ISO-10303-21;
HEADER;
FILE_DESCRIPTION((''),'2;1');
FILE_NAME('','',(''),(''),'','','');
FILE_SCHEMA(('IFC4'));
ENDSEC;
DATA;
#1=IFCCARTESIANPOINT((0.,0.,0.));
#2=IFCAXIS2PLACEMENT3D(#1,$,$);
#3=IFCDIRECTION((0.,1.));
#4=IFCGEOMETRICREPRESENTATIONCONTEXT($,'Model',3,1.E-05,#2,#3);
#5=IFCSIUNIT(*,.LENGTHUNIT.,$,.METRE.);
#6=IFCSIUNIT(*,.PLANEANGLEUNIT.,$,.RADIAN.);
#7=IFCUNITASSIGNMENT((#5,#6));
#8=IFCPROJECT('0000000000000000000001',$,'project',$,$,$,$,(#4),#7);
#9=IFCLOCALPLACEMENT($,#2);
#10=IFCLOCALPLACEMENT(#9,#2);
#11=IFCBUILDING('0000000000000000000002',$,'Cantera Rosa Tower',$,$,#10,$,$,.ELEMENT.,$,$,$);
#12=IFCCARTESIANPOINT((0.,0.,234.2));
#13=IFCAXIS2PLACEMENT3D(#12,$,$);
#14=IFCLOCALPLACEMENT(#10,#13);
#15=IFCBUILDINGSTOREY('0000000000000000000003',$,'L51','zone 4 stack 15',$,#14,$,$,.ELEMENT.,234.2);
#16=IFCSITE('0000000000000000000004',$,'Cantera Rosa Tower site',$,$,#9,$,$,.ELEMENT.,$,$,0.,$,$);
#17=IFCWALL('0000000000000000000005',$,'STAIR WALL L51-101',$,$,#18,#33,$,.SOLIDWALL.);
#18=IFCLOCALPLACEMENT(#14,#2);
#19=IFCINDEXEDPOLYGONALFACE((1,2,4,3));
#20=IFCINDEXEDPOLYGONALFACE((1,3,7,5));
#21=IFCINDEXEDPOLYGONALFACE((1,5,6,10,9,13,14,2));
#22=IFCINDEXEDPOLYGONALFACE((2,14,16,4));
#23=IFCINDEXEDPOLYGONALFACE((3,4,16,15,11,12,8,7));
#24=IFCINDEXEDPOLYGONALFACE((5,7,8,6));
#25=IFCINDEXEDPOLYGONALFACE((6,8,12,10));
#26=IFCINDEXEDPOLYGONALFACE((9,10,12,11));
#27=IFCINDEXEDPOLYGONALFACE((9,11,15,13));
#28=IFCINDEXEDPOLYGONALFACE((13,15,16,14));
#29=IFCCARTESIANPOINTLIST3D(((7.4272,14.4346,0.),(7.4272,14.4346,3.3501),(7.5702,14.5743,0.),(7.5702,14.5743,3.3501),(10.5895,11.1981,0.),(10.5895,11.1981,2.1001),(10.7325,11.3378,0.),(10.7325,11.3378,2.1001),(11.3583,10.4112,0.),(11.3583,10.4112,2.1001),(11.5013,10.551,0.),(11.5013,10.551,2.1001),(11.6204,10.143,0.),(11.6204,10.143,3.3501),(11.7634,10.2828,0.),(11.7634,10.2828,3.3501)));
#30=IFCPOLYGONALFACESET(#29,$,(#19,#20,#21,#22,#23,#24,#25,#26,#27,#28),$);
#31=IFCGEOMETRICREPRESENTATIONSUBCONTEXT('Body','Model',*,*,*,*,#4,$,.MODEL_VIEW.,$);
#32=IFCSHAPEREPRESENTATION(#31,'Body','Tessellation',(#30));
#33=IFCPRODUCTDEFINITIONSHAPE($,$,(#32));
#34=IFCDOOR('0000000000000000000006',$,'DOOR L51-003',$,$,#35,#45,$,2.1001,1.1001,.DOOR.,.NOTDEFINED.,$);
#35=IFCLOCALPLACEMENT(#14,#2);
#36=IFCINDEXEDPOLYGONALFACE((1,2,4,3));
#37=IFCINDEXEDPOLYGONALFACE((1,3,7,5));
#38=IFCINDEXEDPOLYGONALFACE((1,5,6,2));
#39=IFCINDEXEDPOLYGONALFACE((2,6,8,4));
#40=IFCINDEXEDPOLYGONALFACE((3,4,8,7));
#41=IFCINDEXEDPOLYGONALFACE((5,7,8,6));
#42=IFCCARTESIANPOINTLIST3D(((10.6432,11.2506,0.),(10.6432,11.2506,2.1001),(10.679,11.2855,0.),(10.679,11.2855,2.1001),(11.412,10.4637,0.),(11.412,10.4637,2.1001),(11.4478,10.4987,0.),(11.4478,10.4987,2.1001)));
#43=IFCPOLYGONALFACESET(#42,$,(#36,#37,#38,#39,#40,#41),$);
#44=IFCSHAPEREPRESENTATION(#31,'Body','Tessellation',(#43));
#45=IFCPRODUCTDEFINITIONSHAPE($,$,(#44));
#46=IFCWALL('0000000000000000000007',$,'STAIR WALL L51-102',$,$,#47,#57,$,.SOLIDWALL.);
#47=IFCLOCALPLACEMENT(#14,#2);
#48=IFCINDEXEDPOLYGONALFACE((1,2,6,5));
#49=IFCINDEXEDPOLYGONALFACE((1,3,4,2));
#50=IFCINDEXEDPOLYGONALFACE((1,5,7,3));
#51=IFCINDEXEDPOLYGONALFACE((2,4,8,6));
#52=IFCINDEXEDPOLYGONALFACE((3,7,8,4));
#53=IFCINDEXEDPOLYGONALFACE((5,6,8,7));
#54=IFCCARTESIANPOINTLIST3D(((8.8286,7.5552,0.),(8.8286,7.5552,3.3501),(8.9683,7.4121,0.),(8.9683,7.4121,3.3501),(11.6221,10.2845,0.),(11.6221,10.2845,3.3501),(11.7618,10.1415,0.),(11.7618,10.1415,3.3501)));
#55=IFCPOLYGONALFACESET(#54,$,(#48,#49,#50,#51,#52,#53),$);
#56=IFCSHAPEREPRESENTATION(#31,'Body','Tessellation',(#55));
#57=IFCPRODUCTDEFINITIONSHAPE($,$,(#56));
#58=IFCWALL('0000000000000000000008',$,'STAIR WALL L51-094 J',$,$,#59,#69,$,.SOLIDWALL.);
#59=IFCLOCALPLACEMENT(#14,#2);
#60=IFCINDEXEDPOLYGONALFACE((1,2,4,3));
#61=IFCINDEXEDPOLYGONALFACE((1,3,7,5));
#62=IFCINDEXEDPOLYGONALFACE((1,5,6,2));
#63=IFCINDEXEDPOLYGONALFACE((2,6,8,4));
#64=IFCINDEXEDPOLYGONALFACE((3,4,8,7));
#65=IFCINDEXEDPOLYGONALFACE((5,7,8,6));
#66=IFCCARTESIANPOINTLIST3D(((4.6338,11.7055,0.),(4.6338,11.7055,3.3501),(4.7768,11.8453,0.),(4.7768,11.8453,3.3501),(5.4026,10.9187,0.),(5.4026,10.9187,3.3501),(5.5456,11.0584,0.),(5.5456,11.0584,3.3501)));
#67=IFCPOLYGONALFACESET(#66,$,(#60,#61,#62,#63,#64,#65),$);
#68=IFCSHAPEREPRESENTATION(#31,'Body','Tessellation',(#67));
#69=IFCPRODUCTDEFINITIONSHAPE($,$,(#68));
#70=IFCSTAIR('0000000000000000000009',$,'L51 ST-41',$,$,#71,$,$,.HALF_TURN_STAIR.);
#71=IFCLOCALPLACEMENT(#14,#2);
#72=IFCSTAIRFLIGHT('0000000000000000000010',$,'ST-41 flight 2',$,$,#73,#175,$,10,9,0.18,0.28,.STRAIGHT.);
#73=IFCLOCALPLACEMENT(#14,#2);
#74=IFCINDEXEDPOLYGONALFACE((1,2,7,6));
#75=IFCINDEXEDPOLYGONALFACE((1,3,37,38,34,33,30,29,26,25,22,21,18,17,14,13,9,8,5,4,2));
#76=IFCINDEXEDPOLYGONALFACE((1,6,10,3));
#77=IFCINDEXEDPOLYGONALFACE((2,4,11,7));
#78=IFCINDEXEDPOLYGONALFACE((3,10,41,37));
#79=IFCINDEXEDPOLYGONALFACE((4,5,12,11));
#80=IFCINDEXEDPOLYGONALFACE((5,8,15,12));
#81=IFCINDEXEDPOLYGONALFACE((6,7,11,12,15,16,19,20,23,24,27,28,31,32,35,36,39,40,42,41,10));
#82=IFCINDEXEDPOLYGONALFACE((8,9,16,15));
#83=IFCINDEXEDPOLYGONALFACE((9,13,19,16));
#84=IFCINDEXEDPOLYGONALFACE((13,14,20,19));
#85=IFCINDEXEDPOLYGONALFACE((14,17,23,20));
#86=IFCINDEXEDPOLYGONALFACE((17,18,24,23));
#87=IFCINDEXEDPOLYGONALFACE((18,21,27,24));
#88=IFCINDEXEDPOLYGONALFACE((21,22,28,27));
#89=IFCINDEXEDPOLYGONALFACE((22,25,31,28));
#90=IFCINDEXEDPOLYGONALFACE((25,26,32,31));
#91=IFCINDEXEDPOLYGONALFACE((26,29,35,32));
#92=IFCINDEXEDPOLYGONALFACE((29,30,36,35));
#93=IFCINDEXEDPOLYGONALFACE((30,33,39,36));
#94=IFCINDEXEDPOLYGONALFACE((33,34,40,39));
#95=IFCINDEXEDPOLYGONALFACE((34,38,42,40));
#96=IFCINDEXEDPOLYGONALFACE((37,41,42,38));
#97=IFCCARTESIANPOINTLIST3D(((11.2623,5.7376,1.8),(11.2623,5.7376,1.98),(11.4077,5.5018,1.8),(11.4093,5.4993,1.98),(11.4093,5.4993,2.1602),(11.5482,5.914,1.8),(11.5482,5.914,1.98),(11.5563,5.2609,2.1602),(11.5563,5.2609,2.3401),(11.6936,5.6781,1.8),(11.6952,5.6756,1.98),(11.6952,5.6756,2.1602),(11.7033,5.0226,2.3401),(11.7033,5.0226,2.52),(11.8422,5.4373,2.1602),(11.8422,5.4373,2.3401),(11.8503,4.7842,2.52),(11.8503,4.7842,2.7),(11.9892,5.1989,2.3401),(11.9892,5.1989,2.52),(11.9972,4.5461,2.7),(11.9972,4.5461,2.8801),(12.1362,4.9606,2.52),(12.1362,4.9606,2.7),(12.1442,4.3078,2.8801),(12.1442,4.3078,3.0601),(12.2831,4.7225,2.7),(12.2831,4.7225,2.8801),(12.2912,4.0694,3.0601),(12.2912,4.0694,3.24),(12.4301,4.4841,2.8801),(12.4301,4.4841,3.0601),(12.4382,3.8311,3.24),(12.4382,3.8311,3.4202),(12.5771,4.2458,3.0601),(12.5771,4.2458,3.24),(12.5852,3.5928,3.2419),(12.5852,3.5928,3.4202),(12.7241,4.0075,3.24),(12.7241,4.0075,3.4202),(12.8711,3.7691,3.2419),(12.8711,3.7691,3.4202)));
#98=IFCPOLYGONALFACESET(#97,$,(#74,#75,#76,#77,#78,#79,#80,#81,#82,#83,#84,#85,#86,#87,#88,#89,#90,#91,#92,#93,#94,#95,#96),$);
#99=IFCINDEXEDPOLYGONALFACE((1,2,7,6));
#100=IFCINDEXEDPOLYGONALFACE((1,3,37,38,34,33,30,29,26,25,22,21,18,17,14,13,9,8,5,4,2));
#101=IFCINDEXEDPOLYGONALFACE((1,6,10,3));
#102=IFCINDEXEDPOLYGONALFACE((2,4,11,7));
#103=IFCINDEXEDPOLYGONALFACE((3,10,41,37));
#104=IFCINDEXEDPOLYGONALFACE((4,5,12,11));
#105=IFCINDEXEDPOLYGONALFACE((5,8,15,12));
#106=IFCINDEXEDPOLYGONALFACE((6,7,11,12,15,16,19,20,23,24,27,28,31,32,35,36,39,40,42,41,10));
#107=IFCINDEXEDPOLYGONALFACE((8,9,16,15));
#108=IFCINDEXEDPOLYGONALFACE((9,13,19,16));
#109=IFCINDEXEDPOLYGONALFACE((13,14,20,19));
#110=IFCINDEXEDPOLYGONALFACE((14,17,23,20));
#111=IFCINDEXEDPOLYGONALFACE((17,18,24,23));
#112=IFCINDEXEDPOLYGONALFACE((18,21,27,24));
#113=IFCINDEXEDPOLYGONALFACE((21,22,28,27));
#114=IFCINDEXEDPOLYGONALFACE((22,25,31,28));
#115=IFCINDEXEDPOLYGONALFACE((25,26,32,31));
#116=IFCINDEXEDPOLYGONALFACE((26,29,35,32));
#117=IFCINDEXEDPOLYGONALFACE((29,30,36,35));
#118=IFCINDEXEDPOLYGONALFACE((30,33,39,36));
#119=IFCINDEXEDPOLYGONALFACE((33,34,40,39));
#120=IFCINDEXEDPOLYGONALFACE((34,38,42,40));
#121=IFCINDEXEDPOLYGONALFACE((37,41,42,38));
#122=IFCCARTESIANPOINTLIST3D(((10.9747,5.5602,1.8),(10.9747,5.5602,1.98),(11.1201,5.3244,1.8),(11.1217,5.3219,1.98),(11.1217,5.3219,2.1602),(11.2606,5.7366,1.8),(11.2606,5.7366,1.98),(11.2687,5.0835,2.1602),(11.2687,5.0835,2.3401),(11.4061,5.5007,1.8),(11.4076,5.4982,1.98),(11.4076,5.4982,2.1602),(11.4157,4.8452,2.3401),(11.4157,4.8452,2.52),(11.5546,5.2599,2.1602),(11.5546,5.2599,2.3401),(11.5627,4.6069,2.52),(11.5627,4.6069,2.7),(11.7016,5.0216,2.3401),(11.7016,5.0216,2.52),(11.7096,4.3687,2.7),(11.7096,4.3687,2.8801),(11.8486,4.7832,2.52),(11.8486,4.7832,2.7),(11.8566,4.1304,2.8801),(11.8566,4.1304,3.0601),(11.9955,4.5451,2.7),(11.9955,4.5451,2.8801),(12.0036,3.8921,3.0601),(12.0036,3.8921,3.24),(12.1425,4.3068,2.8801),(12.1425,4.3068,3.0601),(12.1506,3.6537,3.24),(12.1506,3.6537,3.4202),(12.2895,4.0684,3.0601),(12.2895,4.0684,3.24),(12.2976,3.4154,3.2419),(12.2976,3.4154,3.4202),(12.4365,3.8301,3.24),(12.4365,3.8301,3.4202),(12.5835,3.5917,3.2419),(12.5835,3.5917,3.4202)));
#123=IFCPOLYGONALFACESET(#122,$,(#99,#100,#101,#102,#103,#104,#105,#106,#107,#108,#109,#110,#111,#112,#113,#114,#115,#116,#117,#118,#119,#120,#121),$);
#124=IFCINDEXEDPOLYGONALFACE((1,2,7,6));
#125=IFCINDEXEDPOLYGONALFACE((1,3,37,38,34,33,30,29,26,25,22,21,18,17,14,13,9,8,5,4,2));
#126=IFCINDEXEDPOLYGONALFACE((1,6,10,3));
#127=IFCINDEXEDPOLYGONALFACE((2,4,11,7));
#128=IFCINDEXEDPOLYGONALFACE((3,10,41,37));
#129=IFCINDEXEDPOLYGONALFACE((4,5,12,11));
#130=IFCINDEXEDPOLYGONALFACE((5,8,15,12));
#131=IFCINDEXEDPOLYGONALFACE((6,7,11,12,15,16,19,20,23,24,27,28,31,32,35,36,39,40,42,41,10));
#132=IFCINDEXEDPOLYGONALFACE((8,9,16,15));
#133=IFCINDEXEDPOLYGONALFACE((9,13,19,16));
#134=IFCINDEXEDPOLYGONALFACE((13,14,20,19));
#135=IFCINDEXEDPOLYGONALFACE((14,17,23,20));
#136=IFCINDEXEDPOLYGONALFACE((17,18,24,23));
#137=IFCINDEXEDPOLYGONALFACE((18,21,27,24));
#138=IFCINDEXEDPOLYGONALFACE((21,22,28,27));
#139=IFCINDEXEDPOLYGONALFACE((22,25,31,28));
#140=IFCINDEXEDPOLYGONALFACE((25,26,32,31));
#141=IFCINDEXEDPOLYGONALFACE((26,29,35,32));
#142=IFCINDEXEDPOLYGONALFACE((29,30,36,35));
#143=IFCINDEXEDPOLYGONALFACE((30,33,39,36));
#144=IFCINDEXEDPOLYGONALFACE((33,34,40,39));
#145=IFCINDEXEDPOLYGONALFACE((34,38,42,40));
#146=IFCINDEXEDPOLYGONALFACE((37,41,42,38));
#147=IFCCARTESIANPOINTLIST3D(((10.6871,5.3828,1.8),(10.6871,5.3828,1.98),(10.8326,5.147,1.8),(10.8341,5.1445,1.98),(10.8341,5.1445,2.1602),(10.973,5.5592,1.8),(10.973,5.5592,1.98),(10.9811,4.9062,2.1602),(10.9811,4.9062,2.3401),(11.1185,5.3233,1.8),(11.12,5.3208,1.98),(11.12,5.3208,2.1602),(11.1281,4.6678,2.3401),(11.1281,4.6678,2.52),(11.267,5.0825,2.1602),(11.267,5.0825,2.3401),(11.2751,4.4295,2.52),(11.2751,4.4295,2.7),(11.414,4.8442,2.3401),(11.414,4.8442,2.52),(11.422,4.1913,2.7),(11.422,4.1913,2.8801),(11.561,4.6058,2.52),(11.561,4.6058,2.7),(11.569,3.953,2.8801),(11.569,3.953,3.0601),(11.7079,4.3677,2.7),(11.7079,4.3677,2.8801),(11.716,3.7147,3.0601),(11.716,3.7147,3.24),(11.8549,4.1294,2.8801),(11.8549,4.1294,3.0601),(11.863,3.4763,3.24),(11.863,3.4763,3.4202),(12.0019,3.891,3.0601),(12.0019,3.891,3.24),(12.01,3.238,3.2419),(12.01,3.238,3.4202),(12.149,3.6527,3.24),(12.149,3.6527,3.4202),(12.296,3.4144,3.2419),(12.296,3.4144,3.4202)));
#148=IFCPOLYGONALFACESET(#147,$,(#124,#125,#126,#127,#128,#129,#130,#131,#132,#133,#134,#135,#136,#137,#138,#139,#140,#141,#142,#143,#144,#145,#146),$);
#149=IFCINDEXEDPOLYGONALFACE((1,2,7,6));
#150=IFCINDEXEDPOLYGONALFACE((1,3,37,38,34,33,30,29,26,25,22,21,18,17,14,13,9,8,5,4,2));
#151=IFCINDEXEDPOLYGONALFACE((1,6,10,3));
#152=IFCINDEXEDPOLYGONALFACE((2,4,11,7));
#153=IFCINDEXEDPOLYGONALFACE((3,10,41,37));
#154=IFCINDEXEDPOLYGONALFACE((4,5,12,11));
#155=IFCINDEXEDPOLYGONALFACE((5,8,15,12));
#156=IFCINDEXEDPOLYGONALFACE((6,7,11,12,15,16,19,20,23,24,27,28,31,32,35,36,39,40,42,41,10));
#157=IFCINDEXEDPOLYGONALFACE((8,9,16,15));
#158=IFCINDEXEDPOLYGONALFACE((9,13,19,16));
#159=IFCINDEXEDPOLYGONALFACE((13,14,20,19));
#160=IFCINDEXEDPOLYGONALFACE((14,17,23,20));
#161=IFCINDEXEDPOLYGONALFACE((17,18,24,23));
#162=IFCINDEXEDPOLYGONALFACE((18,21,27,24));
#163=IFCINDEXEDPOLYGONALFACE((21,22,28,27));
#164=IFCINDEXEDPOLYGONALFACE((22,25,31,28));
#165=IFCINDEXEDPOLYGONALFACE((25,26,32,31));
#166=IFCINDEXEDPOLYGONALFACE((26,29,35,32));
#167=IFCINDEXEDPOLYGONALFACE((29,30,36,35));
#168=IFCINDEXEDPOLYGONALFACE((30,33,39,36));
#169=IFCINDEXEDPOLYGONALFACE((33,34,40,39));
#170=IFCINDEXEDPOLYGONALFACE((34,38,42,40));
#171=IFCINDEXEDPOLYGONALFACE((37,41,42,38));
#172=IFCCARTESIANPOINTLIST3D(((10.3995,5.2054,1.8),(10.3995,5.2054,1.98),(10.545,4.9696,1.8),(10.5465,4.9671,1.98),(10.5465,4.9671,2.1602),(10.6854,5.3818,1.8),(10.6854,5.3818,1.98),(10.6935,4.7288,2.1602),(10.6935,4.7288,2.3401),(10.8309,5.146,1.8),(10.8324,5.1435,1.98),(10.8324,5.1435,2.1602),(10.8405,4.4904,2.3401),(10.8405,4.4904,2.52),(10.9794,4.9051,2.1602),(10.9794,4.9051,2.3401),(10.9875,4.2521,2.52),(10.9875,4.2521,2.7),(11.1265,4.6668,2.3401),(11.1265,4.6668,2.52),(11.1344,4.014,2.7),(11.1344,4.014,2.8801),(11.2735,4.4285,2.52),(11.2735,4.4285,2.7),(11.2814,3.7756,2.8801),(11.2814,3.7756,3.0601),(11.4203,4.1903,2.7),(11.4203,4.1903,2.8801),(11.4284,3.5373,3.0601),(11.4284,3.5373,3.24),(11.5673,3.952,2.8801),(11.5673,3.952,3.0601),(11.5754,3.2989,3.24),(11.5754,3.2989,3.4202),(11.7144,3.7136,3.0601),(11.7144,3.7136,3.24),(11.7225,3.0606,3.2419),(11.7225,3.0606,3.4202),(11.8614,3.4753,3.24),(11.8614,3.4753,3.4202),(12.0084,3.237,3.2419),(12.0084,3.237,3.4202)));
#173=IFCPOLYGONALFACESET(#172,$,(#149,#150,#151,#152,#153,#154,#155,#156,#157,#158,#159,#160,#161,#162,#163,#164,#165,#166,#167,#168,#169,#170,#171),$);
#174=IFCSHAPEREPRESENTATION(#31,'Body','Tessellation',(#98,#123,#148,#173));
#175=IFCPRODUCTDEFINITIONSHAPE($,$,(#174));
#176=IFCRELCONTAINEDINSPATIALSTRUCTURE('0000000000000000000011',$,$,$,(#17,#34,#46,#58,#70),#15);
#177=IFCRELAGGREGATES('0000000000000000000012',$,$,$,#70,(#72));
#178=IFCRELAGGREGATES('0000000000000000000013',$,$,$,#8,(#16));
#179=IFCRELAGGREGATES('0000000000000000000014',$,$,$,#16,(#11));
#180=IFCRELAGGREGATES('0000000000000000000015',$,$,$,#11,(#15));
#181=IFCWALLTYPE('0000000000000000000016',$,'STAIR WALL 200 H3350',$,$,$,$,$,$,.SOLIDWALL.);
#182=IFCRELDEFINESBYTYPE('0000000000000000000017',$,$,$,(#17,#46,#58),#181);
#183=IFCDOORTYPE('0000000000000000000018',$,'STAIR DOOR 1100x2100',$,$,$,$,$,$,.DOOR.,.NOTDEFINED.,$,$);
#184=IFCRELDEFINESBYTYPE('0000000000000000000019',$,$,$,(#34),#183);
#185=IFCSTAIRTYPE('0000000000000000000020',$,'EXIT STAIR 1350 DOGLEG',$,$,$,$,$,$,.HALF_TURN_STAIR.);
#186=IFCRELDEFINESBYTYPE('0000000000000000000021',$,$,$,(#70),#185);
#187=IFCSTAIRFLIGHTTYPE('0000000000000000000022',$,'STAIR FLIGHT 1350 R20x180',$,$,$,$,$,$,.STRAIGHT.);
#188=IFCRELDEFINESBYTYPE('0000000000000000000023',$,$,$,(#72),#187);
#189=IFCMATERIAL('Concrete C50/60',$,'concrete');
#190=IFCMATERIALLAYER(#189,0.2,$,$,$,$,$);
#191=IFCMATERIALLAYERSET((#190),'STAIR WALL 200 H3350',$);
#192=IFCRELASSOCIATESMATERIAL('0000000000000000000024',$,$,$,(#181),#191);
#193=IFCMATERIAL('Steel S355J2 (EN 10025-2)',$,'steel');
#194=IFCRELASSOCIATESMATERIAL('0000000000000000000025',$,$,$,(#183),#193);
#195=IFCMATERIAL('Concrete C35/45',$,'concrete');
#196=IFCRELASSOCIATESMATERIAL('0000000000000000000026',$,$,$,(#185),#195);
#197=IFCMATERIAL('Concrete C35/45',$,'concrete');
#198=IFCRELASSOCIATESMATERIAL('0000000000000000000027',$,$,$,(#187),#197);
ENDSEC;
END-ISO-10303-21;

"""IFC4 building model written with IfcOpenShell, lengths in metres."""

from ifc_helpers import new_model, si_unit, direction, frame, frame_2d, origin, place, context, subcontext, project, spatial, polyline, rectangle, outline, extrude, material, layer, layer_set, type_object, element, fill, aggregate, save


model = new_model("IFC4")

# Units and contexts
model_context = context("Model", 3, precision=1e-05, world=origin(), true_north=direction((0.0, 1.0)))
body_context = subcontext(model_context, "Body", "Model", "MODEL_VIEW")
ifc_project = project(units=[si_unit("LENGTHUNIT", "METRE"), si_unit("PLANEANGLEUNIT", "RADIAN")], contexts=[model_context])

# Site, building, storey
site_placement = place(None, origin())
site = spatial("IfcSite", under=ifc_project, at=site_placement, Name="Cantera Rosa Tower site", CompositionType="ELEMENT", RefElevation=0.0)
building_placement = place(site_placement, origin())
building = spatial("IfcBuilding", under=site, at=building_placement, Name="Cantera Rosa Tower", CompositionType="ELEMENT")
storey_placement = place(building_placement, frame((0.0, 0.0, 234.2)))
storey = spatial("IfcBuildingStorey", under=building, at=storey_placement, Name="L51", Description="zone 4 stack 15", CompositionType="ELEMENT", Elevation=234.2)

# Shared definitions
ifc_material_1 = material(Name="Concrete C50/60", Category="concrete")
ifc_layer_1 = layer(ifc_material_1, 0.2)
ifc_layer_set_1 = layer_set([ifc_layer_1], Name="STAIR WALL 200 H3350")
wall_type_1 = type_object("IfcWallType", Name="STAIR WALL 200 H3350", PredefinedType="SOLIDWALL", material=ifc_layer_set_1)

# Wall, opening, door
wall_1_placement = place(storey_placement, frame((11.6919, 10.2129, 0.0), z_axis=(0.0, 0.0, 1.0), x_axis=(-0.69886, 0.715258, 0.0)))
wall_1 = element("IfcWall", 1, at=wall_1_placement, inside=storey, type_object=wall_type_1, Name="STAIR WALL L51-101", PredefinedType="SOLIDWALL", context=body_context, shape_type="SweptSolid", body=[
    extrude(rectangle(XDim=6.0, YDim=0.2, at=frame_2d((3.0, 0.0))), origin(), (0.0, 0.0, 1.0), 3.3501),
])
opening_1_placement = place(wall_1_placement, frame((0.375, 0.0, 0.0)))
opening_1 = element("IfcOpeningElement", 2, at=opening_1_placement, cuts=wall_1, PredefinedType="OPENING", context=body_context, shape_type="SweptSolid", body=[
    extrude(rectangle(XDim=1.1001, YDim=2.1001, at=frame_2d((0.55, 1.05))), frame((0.0, 0.1099, 0.0), z_axis=(0.0, -1.0, 0.0), x_axis=(1.0, 0.0, 0.0)), (0.0, 0.0, 1.0), 0.22),
])
ifc_material_2 = material(Name="Steel S355J2 (EN 10025-2)", Category="steel")
door_type_1 = type_object("IfcDoorType", Name="STAIR DOOR 1100x2100", OperationType="NOTDEFINED", PredefinedType="DOOR", material=ifc_material_2)
door_1_placement = place(opening_1_placement, origin())
door_1 = element("IfcDoor", 3, at=door_1_placement, inside=storey, type_object=door_type_1, Name="DOOR L51-003", OperationType="NOTDEFINED", OverallHeight=2.1001, OverallWidth=1.1001, PredefinedType="DOOR", context=body_context, shape_type="SweptSolid", body=[
    extrude(rectangle(XDim=1.1001, YDim=2.1001, at=frame_2d((0.55, 1.05))), frame((0.0, 0.0249, 0.0), z_axis=(0.0, -1.0, 0.0), x_axis=(1.0, 0.0, 0.0)), (0.0, 0.0, 1.0), 0.05),
])
fill(opening_1, door_1)

# Walls
wall_2_placement = place(storey_placement, frame((11.6919, 10.2129, 0.0), z_axis=(0.0, 0.0, 1.0), x_axis=(-0.71528, -0.698838, 0.0)))
element("IfcWall", 4, at=wall_2_placement, inside=storey, type_object=wall_type_1, Name="STAIR WALL L51-102", PredefinedType="SOLIDWALL", context=body_context, shape_type="SweptSolid", body=[
    extrude(rectangle(XDim=3.9055, YDim=0.2, at=frame_2d((1.9526, 0.0))), origin(), (0.0, 0.0, 1.0), 3.3501),
])
wall_3_placement = place(storey_placement, frame((5.4741, 10.9885, 0.0), z_axis=(0.0, 0.0, 1.0), x_axis=(-0.698848, 0.71527, 0.0)))
element("IfcWall", 5, at=wall_3_placement, inside=storey, type_object=wall_type_1, Name="STAIR WALL L51-094 J", PredefinedType="SOLIDWALL", context=body_context, shape_type="SweptSolid", body=[
    extrude(rectangle(XDim=1.1001, YDim=0.2, at=frame_2d((0.55, 0.0))), origin(), (0.0, 0.0, 1.0), 3.3501),
])

# Stair, stair flight
ifc_material_3 = material(Name="Concrete C35/45", Category="concrete")
stair_type = type_object("IfcStairType", Name="EXIT STAIR 1350 DOGLEG", PredefinedType="HALF_TURN_STAIR", material=ifc_material_3)
stair_1_placement = place(storey_placement, origin())
stair_1 = element("IfcStair", 6, at=stair_1_placement, inside=storey, type_object=stair_type, Name="L51 ST-41", PredefinedType="HALF_TURN_STAIR")
ifc_material_4 = material(Name="Concrete C35/45", Category="concrete")
stair_flight_type = type_object("IfcStairFlightType", Name="STAIR FLIGHT 1350 R20x180", PredefinedType="STRAIGHT", material=ifc_material_4)
stair_flight_1_placement = place(storey_placement, frame((10.9736, 5.5596, 1.8), z_axis=(0.0, 0.0, 1.0), x_axis=(0.524977, -0.851117, 0.0)))
stair_flight_1 = element("IfcStairFlight", 7, at=stair_flight_1_placement, type_object=stair_flight_type, Name="ST-41 flight 2", NumberOfRisers=10, NumberOfTreads=9, PredefinedType="STRAIGHT", RiserHeight=0.18, TreadLength=0.28, context=body_context, shape_type="SweptSolid", body=[
    extrude(outline(polyline([(0.0, 0.0), (0.0, 0.1799), (0.28, 0.1799), (0.28, 0.3601), (0.5601, 0.3601), (0.5601, 0.54), (0.8401, 0.54), (0.8401, 0.72), (1.1201, 0.72), (1.1201, 0.8999), (1.3999, 0.8999), (1.3999, 1.0801), (1.6799, 1.0801), (1.6799, 1.26), (1.96, 1.26), (1.96, 1.4399), (2.24, 1.4399), (2.24, 1.6201), (2.52, 1.6201), (2.52, 1.8), (2.52, 1.4419), (0.2771, 0.0), (0.0, 0.0)])), frame((0.0, 0.675, 0.0), z_axis=(0.0, -1.0, 0.0), x_axis=(1.0, 0.0, 0.0)), (0.0, 0.0, 1.0), 0.3359),
    extrude(outline(polyline([(0.0, 0.0), (0.0, 0.1799), (0.28, 0.1799), (0.28, 0.3601), (0.5601, 0.3601), (0.5601, 0.54), (0.8401, 0.54), (0.8401, 0.72), (1.1201, 0.72), (1.1201, 0.8999), (1.3999, 0.8999), (1.3999, 1.0801), (1.6799, 1.0801), (1.6799, 1.26), (1.96, 1.26), (1.96, 1.4399), (2.24, 1.4399), (2.24, 1.6201), (2.52, 1.6201), (2.52, 1.8), (2.52, 1.4419), (0.2771, 0.0), (0.0, 0.0)])), frame((0.0, 0.3372, 0.0), z_axis=(0.0, -1.0, 0.0), x_axis=(1.0, 0.0, 0.0)), (0.0, 0.0, 1.0), 0.3359),
    extrude(outline(polyline([(0.0, 0.0), (0.0, 0.1799), (0.28, 0.1799), (0.28, 0.3601), (0.5601, 0.3601), (0.5601, 0.54), (0.8401, 0.54), (0.8401, 0.72), (1.1201, 0.72), (1.1201, 0.8999), (1.3999, 0.8999), (1.3999, 1.0801), (1.6799, 1.0801), (1.6799, 1.26), (1.96, 1.26), (1.96, 1.4399), (2.24, 1.4399), (2.24, 1.6201), (2.52, 1.6201), (2.52, 1.8), (2.52, 1.4419), (0.2771, 0.0), (0.0, 0.0)])), frame((0.0, -0.0007, 0.0), z_axis=(0.0, -1.0, 0.0), x_axis=(1.0, 0.0, 0.0)), (0.0, 0.0, 1.0), 0.3359),
    extrude(outline(polyline([(0.0, 0.0), (0.0, 0.1799), (0.28, 0.1799), (0.28, 0.3601), (0.5601, 0.3601), (0.5601, 0.54), (0.8401, 0.54), (0.8401, 0.72), (1.1201, 0.72), (1.1201, 0.8999), (1.3999, 0.8999), (1.3999, 1.0801), (1.6799, 1.0801), (1.6799, 1.26), (1.96, 1.26), (1.96, 1.4399), (2.24, 1.4399), (2.24, 1.6201), (2.52, 1.6201), (2.52, 1.8), (2.52, 1.4419), (0.2771, 0.0), (0.0, 0.0)])), frame((0.0, -0.3386, 0.0), z_axis=(0.0, -1.0, 0.0), x_axis=(1.0, 0.0, 0.0)), (0.0, 0.0, 1.0), 0.3359),
])
aggregate(stair_1, [stair_flight_1])

save(model, "model.ifc")
